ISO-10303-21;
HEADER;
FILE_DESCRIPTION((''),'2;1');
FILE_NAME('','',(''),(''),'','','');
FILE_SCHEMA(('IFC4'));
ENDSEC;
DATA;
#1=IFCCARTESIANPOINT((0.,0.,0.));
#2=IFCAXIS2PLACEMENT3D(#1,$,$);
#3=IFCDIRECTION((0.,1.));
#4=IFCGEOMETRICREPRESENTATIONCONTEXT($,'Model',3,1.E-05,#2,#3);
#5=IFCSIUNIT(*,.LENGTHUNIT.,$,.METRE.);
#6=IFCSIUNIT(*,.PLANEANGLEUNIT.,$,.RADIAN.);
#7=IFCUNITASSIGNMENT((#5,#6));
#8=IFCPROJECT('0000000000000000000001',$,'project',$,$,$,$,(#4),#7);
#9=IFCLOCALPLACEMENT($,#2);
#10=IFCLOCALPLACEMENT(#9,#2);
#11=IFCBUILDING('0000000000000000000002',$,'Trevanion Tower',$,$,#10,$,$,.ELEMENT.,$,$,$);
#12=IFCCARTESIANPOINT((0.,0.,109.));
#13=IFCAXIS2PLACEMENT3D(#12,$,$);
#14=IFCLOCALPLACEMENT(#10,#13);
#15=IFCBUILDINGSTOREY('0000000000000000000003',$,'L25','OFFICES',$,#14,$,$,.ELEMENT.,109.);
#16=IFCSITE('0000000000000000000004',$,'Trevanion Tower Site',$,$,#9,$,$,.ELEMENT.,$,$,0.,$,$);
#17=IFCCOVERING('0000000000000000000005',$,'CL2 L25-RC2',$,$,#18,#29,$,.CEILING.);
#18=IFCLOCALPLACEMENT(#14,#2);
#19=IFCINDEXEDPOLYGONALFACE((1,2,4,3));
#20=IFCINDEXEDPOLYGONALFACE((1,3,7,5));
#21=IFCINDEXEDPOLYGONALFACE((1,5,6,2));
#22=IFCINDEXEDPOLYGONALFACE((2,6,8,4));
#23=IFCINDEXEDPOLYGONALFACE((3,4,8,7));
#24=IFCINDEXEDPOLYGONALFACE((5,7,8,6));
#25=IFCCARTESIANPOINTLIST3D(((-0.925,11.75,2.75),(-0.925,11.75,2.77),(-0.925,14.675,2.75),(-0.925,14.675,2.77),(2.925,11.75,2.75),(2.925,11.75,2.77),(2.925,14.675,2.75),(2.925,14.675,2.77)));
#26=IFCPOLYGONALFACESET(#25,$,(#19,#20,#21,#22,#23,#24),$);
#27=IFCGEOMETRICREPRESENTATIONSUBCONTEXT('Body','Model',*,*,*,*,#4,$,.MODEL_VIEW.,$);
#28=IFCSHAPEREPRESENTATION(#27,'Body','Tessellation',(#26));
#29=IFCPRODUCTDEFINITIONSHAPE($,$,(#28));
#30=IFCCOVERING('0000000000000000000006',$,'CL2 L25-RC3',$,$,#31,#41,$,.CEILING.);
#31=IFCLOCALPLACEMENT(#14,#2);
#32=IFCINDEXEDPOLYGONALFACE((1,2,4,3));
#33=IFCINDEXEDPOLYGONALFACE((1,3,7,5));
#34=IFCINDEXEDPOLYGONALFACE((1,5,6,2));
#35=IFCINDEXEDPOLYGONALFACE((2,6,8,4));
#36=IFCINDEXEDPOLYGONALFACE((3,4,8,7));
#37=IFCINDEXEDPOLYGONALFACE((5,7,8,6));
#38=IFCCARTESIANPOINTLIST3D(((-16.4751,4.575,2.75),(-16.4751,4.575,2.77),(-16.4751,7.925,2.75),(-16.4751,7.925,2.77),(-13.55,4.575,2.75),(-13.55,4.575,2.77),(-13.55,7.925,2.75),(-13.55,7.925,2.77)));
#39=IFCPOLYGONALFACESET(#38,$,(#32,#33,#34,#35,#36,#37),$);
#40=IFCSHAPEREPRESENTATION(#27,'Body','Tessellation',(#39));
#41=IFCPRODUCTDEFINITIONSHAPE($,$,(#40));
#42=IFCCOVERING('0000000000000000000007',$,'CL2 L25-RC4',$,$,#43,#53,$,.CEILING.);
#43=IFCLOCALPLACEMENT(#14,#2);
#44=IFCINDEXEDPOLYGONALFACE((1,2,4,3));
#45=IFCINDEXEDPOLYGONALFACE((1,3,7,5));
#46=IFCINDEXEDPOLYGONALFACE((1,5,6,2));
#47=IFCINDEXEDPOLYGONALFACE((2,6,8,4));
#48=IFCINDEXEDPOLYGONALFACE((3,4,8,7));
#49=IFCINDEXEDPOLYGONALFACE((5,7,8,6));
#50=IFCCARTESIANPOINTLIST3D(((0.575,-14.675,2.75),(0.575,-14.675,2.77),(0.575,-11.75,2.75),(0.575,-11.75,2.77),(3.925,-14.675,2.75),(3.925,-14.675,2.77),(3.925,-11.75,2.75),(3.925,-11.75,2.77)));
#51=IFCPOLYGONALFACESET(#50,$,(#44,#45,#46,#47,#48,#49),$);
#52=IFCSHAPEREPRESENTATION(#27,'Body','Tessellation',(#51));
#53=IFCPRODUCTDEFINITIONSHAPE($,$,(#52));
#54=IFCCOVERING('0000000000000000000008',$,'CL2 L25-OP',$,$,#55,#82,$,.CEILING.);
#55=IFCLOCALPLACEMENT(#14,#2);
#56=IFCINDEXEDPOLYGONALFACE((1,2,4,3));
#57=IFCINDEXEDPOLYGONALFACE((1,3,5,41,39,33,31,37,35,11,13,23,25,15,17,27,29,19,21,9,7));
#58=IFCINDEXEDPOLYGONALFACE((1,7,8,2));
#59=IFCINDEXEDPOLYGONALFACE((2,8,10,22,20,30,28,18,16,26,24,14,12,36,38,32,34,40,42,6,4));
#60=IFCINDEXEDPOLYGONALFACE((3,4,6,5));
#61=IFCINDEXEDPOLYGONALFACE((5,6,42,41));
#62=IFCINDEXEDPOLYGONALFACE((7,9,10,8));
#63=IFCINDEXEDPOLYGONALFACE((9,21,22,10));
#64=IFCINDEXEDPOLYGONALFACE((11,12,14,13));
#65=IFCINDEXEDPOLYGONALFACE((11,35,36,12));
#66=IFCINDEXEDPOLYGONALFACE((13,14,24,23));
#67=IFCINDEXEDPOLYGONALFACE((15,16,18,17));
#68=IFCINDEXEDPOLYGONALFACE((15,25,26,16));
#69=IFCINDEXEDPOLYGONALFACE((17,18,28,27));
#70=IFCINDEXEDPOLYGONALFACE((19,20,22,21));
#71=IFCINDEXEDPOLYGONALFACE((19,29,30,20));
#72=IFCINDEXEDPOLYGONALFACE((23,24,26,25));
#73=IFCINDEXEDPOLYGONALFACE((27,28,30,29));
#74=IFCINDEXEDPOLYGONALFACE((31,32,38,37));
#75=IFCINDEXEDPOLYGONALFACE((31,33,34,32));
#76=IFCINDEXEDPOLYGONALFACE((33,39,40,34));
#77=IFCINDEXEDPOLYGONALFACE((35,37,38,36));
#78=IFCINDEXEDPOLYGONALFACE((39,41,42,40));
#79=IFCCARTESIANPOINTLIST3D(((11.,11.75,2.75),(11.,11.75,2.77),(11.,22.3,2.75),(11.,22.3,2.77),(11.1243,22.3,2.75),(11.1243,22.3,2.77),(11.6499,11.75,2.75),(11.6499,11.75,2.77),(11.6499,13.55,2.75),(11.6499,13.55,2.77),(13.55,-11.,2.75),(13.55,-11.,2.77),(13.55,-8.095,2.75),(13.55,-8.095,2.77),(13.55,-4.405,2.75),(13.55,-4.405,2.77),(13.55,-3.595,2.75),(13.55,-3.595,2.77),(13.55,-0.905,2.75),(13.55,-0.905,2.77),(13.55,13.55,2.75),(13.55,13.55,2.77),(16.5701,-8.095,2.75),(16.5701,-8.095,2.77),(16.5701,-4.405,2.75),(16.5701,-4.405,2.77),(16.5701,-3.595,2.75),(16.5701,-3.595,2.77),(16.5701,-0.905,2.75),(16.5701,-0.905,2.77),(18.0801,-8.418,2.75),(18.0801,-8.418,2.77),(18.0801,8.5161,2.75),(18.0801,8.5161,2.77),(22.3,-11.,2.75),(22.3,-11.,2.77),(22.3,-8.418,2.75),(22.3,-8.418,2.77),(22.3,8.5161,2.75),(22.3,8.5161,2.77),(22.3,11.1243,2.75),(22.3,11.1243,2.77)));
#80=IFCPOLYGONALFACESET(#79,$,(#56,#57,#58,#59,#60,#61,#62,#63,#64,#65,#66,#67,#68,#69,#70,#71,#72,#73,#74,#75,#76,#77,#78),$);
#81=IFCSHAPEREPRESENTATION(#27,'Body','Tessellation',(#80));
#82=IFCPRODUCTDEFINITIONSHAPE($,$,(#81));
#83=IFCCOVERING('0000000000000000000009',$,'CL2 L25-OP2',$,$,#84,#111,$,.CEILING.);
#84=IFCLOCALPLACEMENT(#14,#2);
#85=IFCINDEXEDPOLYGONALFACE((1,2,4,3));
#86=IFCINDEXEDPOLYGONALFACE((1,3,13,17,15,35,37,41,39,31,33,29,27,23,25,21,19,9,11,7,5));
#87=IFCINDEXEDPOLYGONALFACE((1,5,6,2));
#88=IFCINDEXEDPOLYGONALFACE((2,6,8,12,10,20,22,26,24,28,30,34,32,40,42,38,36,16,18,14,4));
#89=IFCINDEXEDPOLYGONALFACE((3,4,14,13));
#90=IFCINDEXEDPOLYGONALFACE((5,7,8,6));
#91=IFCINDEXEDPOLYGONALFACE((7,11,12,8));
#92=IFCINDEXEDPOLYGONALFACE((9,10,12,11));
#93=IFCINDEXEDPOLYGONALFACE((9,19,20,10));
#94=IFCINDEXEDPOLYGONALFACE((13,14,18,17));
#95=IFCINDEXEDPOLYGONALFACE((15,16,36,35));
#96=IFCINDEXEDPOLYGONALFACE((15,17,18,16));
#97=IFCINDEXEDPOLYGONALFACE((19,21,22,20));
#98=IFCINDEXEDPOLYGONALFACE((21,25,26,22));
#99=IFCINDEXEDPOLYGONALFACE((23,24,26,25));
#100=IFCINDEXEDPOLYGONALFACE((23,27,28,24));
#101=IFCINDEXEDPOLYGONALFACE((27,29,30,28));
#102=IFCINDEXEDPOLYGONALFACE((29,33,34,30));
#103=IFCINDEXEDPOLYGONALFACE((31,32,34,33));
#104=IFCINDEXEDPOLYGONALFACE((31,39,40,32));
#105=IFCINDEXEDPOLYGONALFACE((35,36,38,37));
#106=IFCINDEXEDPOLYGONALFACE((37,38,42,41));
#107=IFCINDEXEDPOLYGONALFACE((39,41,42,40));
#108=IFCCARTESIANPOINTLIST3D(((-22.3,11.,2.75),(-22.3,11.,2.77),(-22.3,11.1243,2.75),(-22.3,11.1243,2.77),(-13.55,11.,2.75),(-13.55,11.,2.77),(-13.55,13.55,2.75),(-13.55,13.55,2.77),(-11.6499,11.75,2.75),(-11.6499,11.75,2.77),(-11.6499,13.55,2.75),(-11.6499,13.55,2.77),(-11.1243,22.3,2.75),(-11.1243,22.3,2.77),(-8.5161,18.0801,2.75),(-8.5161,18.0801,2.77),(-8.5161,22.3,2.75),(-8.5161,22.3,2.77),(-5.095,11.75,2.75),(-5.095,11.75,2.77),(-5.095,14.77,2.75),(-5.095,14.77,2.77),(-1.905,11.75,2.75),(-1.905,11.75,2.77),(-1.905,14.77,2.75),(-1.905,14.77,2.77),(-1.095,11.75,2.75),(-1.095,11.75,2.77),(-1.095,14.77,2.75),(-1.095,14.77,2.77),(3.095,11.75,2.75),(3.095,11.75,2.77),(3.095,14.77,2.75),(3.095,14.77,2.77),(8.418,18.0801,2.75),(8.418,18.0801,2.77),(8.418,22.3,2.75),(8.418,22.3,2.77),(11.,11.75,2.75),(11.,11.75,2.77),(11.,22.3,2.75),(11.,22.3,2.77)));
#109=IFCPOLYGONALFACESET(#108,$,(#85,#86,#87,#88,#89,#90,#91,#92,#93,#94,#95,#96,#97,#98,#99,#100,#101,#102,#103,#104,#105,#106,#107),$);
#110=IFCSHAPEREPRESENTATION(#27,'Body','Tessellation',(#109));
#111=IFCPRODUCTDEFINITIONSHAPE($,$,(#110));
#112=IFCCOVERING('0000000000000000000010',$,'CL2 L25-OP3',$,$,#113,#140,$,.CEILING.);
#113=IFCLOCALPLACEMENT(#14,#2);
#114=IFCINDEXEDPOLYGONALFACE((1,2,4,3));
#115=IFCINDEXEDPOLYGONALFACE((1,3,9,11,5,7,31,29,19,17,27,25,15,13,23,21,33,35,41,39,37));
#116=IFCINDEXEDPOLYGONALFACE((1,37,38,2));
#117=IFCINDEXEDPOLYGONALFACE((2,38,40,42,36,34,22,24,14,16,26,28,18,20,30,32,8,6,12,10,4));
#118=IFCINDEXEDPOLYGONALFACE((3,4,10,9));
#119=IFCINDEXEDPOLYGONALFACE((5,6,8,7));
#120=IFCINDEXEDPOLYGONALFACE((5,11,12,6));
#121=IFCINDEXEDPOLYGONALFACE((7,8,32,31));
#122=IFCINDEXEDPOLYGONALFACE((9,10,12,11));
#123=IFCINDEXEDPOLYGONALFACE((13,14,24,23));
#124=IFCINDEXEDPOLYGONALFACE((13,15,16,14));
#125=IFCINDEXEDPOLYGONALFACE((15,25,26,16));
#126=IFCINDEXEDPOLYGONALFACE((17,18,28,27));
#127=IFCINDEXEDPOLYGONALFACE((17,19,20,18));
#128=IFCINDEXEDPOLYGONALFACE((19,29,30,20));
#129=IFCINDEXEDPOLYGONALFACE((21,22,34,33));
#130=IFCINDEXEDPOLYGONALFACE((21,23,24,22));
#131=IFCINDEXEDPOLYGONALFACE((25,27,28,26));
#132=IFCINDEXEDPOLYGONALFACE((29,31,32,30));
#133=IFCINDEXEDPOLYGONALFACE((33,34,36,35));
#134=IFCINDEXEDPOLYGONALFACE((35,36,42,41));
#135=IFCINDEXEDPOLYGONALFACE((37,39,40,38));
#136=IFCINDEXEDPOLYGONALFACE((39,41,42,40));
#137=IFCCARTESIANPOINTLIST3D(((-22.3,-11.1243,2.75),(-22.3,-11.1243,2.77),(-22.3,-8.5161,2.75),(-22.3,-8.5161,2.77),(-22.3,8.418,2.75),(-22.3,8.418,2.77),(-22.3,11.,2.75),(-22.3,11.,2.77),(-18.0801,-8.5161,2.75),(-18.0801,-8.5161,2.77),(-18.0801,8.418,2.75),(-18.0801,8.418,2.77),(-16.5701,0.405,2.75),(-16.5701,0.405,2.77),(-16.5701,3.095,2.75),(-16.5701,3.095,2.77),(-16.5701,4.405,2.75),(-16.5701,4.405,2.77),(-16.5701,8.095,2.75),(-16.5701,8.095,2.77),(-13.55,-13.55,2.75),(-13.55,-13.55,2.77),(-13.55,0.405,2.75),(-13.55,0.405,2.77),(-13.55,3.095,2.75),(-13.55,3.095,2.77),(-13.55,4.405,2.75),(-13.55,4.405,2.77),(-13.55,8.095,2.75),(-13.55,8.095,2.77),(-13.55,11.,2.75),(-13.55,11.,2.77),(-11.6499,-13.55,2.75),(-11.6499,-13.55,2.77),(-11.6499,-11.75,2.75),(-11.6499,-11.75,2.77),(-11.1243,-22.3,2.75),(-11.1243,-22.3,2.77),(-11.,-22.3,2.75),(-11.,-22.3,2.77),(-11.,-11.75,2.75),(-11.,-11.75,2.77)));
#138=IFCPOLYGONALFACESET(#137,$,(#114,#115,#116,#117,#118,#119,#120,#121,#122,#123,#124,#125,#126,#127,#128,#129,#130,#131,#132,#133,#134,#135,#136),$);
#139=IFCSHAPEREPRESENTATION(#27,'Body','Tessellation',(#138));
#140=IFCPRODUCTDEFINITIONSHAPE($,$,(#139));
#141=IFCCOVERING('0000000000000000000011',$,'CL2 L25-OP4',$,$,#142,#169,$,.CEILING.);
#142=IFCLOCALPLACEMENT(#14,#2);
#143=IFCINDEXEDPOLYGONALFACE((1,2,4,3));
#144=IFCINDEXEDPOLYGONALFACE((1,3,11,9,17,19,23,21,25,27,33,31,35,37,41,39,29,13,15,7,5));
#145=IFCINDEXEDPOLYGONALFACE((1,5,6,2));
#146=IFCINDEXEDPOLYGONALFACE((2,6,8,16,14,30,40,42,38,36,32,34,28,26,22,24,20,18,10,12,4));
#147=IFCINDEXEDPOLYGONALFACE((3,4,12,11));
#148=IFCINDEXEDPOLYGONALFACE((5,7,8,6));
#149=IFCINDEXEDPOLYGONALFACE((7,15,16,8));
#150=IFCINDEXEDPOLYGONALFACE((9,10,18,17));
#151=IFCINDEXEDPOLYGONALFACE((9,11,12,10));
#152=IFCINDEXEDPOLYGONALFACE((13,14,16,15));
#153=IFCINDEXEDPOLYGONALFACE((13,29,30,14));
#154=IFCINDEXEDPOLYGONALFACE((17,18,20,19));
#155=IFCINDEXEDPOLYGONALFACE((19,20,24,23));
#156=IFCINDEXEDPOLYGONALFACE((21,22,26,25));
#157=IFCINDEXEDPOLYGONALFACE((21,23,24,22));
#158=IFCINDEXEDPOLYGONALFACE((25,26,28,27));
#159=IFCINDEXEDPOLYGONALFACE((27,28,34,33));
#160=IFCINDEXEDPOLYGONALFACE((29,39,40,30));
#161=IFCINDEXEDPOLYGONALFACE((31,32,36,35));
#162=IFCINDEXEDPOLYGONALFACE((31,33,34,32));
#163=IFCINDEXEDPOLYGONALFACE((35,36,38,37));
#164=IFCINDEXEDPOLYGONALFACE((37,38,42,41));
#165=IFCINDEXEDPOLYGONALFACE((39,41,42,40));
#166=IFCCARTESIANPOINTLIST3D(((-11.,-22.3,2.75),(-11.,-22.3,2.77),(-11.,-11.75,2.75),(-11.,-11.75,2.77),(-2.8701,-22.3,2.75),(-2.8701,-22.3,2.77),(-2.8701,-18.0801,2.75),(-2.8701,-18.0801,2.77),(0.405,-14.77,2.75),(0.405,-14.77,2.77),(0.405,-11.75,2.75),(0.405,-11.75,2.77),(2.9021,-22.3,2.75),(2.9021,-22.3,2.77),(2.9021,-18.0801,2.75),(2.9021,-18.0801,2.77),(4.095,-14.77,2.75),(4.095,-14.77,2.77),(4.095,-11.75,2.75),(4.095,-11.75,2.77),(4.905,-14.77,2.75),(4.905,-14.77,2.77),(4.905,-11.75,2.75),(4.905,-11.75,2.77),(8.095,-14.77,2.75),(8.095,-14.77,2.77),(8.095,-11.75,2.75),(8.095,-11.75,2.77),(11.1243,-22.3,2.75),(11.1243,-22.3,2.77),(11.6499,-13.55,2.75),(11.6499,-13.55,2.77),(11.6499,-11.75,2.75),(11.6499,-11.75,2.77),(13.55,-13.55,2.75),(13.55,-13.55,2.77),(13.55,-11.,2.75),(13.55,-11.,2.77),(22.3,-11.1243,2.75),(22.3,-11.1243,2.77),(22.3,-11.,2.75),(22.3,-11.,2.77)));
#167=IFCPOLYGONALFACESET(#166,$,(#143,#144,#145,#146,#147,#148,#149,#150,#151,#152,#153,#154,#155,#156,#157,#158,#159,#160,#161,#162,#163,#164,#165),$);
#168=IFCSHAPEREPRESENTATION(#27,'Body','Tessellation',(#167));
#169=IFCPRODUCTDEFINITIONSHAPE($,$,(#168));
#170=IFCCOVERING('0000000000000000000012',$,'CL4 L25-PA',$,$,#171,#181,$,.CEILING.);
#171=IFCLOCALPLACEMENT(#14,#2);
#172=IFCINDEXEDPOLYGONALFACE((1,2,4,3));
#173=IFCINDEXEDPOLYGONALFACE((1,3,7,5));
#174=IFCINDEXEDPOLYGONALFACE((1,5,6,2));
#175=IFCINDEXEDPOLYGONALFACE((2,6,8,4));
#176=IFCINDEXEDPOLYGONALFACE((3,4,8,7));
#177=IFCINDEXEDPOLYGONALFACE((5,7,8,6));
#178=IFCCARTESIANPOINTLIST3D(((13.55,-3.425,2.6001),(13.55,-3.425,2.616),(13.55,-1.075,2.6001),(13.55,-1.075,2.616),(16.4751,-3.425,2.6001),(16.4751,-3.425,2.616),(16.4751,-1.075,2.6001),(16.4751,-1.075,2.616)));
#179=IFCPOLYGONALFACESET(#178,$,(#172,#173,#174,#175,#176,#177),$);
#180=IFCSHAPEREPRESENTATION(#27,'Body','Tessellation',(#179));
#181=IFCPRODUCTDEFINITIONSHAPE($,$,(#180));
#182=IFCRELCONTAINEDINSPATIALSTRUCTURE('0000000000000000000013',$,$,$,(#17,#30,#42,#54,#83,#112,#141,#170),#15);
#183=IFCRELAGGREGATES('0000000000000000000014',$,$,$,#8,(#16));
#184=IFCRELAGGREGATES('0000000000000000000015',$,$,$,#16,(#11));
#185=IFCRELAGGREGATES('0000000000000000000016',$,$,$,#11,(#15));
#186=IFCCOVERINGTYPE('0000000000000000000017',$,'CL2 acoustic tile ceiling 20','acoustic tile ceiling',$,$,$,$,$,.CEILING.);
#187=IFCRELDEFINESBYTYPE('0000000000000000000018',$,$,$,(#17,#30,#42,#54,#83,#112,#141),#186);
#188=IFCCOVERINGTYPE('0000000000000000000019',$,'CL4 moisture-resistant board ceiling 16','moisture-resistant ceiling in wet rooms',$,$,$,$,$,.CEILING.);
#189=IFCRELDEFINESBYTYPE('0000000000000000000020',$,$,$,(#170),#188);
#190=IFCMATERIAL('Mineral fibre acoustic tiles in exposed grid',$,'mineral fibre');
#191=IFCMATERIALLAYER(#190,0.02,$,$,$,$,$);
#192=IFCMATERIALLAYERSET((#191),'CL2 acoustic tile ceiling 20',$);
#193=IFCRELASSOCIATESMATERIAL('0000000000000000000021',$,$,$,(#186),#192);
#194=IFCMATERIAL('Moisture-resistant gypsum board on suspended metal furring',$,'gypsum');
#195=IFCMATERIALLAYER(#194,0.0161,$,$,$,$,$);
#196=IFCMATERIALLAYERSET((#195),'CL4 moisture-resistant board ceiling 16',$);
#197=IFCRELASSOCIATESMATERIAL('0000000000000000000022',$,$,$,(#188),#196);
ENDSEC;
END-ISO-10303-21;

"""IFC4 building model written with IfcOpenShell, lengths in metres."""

from ifc_helpers import new_model, si_unit, direction, frame, origin, place, context, subcontext, project, spatial, polyline, outline, extrude, material, layer, layer_set, type_object, element, save


model = new_model("IFC4")

# Units and contexts
model_context = context("Model", 3, precision=1e-05, world=origin(), true_north=direction((0.0, 1.0)))
body_context = subcontext(model_context, "Body", "Model", "MODEL_VIEW")
ifc_project = project(units=[si_unit("LENGTHUNIT", "METRE"), si_unit("PLANEANGLEUNIT", "RADIAN")], contexts=[model_context])

# Site, building, storey
site_placement = place(None, origin())
site = spatial("IfcSite", under=ifc_project, at=site_placement, Name="Trevanion Tower Site", CompositionType="ELEMENT", RefElevation=0.0)
building_placement = place(site_placement, origin())
building = spatial("IfcBuilding", under=site, at=building_placement, Name="Trevanion Tower", CompositionType="ELEMENT")
storey_placement = place(building_placement, frame((0.0, 0.0, 109.0)))
storey = spatial("IfcBuildingStorey", under=building, at=storey_placement, Name="L25", Description="OFFICES", CompositionType="ELEMENT", Elevation=109.0)

# Coverings
ifc_material_1 = material(Name="Mineral fibre acoustic tiles in exposed grid", Category="mineral fibre")
ifc_layer_1 = layer(ifc_material_1, 0.02)
ifc_layer_set_1 = layer_set([ifc_layer_1], Name="CL2 acoustic tile ceiling 20")
covering_type_1 = type_object("IfcCoveringType", Name="CL2 acoustic tile ceiling 20", Description="acoustic tile ceiling", PredefinedType="CEILING", material=ifc_layer_set_1)
covering_1_placement = place(storey_placement, frame((0.0, 0.0, 2.75)))
element("IfcCovering", 1, at=covering_1_placement, inside=storey, type_object=covering_type_1, Name="CL2 L25-RC2", PredefinedType="CEILING", context=body_context, shape_type="SweptSolid", body=[
    extrude(outline(polyline([(-0.925, 14.675), (2.925, 14.675), (2.925, 11.75), (-0.925, 11.75), (-0.925, 14.675)])), origin(), (0.0, 0.0, 1.0), 0.02),
])
covering_2_placement = place(storey_placement, frame((0.0, 0.0, 2.75)))
element("IfcCovering", 2, at=covering_2_placement, inside=storey, type_object=covering_type_1, Name="CL2 L25-RC3", PredefinedType="CEILING", context=body_context, shape_type="SweptSolid", body=[
    extrude(outline(polyline([(-13.55, 7.925), (-13.55, 4.575), (-16.4751, 4.575), (-16.4751, 7.925), (-13.55, 7.925)])), origin(), (0.0, 0.0, 1.0), 0.02),
])
covering_3_placement = place(storey_placement, frame((0.0, 0.0, 2.75)))
element("IfcCovering", 3, at=covering_3_placement, inside=storey, type_object=covering_type_1, Name="CL2 L25-RC4", PredefinedType="CEILING", context=body_context, shape_type="SweptSolid", body=[
    extrude(outline(polyline([(3.925, -14.675), (0.575, -14.675), (0.575, -11.75), (3.925, -11.75), (3.925, -14.675)])), origin(), (0.0, 0.0, 1.0), 0.02),
])
covering_4_placement = place(storey_placement, frame((0.0, 0.0, 2.75)))
element("IfcCovering", 4, at=covering_4_placement, inside=storey, type_object=covering_type_1, Name="CL2 L25-OP", PredefinedType="CEILING", context=body_context, shape_type="SweptSolid", body=[
    extrude(outline(polyline([(13.55, -8.095), (16.5701, -8.095), (16.5701, -4.405), (13.55, -4.405), (13.55, -3.595), (16.5701, -3.595), (16.5701, -0.905), (13.55, -0.905), (13.55, 13.55), (11.6499, 13.55), (11.6499, 11.75), (11.0, 11.75), (11.0, 22.3), (11.1243, 22.3), (22.3, 11.1243), (22.3, 8.5161), (18.0801, 8.5161), (18.0801, -8.418), (22.3, -8.418), (22.3, -11.0), (13.55, -11.0), (13.55, -8.095)])), origin(), (0.0, 0.0, 1.0), 0.02),
])
covering_5_placement = place(storey_placement, frame((0.0, 0.0, 2.75)))
element("IfcCovering", 5, at=covering_5_placement, inside=storey, type_object=covering_type_1, Name="CL2 L25-OP2", PredefinedType="CEILING", context=body_context, shape_type="SweptSolid", body=[
    extrude(outline(polyline([(3.095, 11.75), (3.095, 14.77), (-1.095, 14.77), (-1.095, 11.75), (-1.905, 11.75), (-1.905, 14.77), (-5.095, 14.77), (-5.095, 11.75), (-11.6499, 11.75), (-11.6499, 13.55), (-13.55, 13.55), (-13.55, 11.0), (-22.3, 11.0), (-22.3, 11.1243), (-11.1243, 22.3), (-8.5161, 22.3), (-8.5161, 18.0801), (8.418, 18.0801), (8.418, 22.3), (11.0, 22.3), (11.0, 11.75), (3.095, 11.75)])), origin(), (0.0, 0.0, 1.0), 0.02),
])
covering_6_placement = place(storey_placement, frame((0.0, 0.0, 2.75)))
element("IfcCovering", 6, at=covering_6_placement, inside=storey, type_object=covering_type_1, Name="CL2 L25-OP3", PredefinedType="CEILING", context=body_context, shape_type="SweptSolid", body=[
    extrude(outline(polyline([(-13.55, 8.095), (-16.5701, 8.095), (-16.5701, 4.405), (-13.55, 4.405), (-13.55, 3.095), (-16.5701, 3.095), (-16.5701, 0.405), (-13.55, 0.405), (-13.55, -13.55), (-11.6499, -13.55), (-11.6499, -11.75), (-11.0, -11.75), (-11.0, -22.3), (-11.1243, -22.3), (-22.3, -11.1243), (-22.3, -8.5161), (-18.0801, -8.5161), (-18.0801, 8.418), (-22.3, 8.418), (-22.3, 11.0), (-13.55, 11.0), (-13.55, 8.095)])), origin(), (0.0, 0.0, 1.0), 0.02),
])
covering_7_placement = place(storey_placement, frame((0.0, 0.0, 2.75)))
element("IfcCovering", 7, at=covering_7_placement, inside=storey, type_object=covering_type_1, Name="CL2 L25-OP4", PredefinedType="CEILING", context=body_context, shape_type="SweptSolid", body=[
    extrude(outline(polyline([(0.405, -11.75), (0.405, -14.77), (4.095, -14.77), (4.095, -11.75), (4.905, -11.75), (4.905, -14.77), (8.095, -14.77), (8.095, -11.75), (11.6499, -11.75), (11.6499, -13.55), (13.55, -13.55), (13.55, -11.0), (22.3, -11.0), (22.3, -11.1243), (11.1243, -22.3), (2.9021, -22.3), (2.9021, -18.0801), (-2.8701, -18.0801), (-2.8701, -22.3), (-11.0, -22.3), (-11.0, -11.75), (0.405, -11.75)])), origin(), (0.0, 0.0, 1.0), 0.02),
])
ifc_material_2 = material(Name="Moisture-resistant gypsum board on suspended metal furring", Category="gypsum")
ifc_layer_2 = layer(ifc_material_2, 0.0161)
ifc_layer_set_2 = layer_set([ifc_layer_2], Name="CL4 moisture-resistant board ceiling 16")
covering_type_2 = type_object("IfcCoveringType", Name="CL4 moisture-resistant board ceiling 16", Description="moisture-resistant ceiling in wet rooms", PredefinedType="CEILING", material=ifc_layer_set_2)
covering_8_placement = place(storey_placement, frame((0.0, 0.0, 2.6001)))
element("IfcCovering", 8, at=covering_8_placement, inside=storey, type_object=covering_type_2, Name="CL4 L25-PA", PredefinedType="CEILING", context=body_context, shape_type="SweptSolid", body=[
    extrude(outline(polyline([(13.55, -3.425), (13.55, -1.075), (16.4751, -1.075), (16.4751, -3.425), (13.55, -3.425)])), origin(), (0.0, 0.0, 1.0), 0.0159),
])

save(model, "model.ifc")
